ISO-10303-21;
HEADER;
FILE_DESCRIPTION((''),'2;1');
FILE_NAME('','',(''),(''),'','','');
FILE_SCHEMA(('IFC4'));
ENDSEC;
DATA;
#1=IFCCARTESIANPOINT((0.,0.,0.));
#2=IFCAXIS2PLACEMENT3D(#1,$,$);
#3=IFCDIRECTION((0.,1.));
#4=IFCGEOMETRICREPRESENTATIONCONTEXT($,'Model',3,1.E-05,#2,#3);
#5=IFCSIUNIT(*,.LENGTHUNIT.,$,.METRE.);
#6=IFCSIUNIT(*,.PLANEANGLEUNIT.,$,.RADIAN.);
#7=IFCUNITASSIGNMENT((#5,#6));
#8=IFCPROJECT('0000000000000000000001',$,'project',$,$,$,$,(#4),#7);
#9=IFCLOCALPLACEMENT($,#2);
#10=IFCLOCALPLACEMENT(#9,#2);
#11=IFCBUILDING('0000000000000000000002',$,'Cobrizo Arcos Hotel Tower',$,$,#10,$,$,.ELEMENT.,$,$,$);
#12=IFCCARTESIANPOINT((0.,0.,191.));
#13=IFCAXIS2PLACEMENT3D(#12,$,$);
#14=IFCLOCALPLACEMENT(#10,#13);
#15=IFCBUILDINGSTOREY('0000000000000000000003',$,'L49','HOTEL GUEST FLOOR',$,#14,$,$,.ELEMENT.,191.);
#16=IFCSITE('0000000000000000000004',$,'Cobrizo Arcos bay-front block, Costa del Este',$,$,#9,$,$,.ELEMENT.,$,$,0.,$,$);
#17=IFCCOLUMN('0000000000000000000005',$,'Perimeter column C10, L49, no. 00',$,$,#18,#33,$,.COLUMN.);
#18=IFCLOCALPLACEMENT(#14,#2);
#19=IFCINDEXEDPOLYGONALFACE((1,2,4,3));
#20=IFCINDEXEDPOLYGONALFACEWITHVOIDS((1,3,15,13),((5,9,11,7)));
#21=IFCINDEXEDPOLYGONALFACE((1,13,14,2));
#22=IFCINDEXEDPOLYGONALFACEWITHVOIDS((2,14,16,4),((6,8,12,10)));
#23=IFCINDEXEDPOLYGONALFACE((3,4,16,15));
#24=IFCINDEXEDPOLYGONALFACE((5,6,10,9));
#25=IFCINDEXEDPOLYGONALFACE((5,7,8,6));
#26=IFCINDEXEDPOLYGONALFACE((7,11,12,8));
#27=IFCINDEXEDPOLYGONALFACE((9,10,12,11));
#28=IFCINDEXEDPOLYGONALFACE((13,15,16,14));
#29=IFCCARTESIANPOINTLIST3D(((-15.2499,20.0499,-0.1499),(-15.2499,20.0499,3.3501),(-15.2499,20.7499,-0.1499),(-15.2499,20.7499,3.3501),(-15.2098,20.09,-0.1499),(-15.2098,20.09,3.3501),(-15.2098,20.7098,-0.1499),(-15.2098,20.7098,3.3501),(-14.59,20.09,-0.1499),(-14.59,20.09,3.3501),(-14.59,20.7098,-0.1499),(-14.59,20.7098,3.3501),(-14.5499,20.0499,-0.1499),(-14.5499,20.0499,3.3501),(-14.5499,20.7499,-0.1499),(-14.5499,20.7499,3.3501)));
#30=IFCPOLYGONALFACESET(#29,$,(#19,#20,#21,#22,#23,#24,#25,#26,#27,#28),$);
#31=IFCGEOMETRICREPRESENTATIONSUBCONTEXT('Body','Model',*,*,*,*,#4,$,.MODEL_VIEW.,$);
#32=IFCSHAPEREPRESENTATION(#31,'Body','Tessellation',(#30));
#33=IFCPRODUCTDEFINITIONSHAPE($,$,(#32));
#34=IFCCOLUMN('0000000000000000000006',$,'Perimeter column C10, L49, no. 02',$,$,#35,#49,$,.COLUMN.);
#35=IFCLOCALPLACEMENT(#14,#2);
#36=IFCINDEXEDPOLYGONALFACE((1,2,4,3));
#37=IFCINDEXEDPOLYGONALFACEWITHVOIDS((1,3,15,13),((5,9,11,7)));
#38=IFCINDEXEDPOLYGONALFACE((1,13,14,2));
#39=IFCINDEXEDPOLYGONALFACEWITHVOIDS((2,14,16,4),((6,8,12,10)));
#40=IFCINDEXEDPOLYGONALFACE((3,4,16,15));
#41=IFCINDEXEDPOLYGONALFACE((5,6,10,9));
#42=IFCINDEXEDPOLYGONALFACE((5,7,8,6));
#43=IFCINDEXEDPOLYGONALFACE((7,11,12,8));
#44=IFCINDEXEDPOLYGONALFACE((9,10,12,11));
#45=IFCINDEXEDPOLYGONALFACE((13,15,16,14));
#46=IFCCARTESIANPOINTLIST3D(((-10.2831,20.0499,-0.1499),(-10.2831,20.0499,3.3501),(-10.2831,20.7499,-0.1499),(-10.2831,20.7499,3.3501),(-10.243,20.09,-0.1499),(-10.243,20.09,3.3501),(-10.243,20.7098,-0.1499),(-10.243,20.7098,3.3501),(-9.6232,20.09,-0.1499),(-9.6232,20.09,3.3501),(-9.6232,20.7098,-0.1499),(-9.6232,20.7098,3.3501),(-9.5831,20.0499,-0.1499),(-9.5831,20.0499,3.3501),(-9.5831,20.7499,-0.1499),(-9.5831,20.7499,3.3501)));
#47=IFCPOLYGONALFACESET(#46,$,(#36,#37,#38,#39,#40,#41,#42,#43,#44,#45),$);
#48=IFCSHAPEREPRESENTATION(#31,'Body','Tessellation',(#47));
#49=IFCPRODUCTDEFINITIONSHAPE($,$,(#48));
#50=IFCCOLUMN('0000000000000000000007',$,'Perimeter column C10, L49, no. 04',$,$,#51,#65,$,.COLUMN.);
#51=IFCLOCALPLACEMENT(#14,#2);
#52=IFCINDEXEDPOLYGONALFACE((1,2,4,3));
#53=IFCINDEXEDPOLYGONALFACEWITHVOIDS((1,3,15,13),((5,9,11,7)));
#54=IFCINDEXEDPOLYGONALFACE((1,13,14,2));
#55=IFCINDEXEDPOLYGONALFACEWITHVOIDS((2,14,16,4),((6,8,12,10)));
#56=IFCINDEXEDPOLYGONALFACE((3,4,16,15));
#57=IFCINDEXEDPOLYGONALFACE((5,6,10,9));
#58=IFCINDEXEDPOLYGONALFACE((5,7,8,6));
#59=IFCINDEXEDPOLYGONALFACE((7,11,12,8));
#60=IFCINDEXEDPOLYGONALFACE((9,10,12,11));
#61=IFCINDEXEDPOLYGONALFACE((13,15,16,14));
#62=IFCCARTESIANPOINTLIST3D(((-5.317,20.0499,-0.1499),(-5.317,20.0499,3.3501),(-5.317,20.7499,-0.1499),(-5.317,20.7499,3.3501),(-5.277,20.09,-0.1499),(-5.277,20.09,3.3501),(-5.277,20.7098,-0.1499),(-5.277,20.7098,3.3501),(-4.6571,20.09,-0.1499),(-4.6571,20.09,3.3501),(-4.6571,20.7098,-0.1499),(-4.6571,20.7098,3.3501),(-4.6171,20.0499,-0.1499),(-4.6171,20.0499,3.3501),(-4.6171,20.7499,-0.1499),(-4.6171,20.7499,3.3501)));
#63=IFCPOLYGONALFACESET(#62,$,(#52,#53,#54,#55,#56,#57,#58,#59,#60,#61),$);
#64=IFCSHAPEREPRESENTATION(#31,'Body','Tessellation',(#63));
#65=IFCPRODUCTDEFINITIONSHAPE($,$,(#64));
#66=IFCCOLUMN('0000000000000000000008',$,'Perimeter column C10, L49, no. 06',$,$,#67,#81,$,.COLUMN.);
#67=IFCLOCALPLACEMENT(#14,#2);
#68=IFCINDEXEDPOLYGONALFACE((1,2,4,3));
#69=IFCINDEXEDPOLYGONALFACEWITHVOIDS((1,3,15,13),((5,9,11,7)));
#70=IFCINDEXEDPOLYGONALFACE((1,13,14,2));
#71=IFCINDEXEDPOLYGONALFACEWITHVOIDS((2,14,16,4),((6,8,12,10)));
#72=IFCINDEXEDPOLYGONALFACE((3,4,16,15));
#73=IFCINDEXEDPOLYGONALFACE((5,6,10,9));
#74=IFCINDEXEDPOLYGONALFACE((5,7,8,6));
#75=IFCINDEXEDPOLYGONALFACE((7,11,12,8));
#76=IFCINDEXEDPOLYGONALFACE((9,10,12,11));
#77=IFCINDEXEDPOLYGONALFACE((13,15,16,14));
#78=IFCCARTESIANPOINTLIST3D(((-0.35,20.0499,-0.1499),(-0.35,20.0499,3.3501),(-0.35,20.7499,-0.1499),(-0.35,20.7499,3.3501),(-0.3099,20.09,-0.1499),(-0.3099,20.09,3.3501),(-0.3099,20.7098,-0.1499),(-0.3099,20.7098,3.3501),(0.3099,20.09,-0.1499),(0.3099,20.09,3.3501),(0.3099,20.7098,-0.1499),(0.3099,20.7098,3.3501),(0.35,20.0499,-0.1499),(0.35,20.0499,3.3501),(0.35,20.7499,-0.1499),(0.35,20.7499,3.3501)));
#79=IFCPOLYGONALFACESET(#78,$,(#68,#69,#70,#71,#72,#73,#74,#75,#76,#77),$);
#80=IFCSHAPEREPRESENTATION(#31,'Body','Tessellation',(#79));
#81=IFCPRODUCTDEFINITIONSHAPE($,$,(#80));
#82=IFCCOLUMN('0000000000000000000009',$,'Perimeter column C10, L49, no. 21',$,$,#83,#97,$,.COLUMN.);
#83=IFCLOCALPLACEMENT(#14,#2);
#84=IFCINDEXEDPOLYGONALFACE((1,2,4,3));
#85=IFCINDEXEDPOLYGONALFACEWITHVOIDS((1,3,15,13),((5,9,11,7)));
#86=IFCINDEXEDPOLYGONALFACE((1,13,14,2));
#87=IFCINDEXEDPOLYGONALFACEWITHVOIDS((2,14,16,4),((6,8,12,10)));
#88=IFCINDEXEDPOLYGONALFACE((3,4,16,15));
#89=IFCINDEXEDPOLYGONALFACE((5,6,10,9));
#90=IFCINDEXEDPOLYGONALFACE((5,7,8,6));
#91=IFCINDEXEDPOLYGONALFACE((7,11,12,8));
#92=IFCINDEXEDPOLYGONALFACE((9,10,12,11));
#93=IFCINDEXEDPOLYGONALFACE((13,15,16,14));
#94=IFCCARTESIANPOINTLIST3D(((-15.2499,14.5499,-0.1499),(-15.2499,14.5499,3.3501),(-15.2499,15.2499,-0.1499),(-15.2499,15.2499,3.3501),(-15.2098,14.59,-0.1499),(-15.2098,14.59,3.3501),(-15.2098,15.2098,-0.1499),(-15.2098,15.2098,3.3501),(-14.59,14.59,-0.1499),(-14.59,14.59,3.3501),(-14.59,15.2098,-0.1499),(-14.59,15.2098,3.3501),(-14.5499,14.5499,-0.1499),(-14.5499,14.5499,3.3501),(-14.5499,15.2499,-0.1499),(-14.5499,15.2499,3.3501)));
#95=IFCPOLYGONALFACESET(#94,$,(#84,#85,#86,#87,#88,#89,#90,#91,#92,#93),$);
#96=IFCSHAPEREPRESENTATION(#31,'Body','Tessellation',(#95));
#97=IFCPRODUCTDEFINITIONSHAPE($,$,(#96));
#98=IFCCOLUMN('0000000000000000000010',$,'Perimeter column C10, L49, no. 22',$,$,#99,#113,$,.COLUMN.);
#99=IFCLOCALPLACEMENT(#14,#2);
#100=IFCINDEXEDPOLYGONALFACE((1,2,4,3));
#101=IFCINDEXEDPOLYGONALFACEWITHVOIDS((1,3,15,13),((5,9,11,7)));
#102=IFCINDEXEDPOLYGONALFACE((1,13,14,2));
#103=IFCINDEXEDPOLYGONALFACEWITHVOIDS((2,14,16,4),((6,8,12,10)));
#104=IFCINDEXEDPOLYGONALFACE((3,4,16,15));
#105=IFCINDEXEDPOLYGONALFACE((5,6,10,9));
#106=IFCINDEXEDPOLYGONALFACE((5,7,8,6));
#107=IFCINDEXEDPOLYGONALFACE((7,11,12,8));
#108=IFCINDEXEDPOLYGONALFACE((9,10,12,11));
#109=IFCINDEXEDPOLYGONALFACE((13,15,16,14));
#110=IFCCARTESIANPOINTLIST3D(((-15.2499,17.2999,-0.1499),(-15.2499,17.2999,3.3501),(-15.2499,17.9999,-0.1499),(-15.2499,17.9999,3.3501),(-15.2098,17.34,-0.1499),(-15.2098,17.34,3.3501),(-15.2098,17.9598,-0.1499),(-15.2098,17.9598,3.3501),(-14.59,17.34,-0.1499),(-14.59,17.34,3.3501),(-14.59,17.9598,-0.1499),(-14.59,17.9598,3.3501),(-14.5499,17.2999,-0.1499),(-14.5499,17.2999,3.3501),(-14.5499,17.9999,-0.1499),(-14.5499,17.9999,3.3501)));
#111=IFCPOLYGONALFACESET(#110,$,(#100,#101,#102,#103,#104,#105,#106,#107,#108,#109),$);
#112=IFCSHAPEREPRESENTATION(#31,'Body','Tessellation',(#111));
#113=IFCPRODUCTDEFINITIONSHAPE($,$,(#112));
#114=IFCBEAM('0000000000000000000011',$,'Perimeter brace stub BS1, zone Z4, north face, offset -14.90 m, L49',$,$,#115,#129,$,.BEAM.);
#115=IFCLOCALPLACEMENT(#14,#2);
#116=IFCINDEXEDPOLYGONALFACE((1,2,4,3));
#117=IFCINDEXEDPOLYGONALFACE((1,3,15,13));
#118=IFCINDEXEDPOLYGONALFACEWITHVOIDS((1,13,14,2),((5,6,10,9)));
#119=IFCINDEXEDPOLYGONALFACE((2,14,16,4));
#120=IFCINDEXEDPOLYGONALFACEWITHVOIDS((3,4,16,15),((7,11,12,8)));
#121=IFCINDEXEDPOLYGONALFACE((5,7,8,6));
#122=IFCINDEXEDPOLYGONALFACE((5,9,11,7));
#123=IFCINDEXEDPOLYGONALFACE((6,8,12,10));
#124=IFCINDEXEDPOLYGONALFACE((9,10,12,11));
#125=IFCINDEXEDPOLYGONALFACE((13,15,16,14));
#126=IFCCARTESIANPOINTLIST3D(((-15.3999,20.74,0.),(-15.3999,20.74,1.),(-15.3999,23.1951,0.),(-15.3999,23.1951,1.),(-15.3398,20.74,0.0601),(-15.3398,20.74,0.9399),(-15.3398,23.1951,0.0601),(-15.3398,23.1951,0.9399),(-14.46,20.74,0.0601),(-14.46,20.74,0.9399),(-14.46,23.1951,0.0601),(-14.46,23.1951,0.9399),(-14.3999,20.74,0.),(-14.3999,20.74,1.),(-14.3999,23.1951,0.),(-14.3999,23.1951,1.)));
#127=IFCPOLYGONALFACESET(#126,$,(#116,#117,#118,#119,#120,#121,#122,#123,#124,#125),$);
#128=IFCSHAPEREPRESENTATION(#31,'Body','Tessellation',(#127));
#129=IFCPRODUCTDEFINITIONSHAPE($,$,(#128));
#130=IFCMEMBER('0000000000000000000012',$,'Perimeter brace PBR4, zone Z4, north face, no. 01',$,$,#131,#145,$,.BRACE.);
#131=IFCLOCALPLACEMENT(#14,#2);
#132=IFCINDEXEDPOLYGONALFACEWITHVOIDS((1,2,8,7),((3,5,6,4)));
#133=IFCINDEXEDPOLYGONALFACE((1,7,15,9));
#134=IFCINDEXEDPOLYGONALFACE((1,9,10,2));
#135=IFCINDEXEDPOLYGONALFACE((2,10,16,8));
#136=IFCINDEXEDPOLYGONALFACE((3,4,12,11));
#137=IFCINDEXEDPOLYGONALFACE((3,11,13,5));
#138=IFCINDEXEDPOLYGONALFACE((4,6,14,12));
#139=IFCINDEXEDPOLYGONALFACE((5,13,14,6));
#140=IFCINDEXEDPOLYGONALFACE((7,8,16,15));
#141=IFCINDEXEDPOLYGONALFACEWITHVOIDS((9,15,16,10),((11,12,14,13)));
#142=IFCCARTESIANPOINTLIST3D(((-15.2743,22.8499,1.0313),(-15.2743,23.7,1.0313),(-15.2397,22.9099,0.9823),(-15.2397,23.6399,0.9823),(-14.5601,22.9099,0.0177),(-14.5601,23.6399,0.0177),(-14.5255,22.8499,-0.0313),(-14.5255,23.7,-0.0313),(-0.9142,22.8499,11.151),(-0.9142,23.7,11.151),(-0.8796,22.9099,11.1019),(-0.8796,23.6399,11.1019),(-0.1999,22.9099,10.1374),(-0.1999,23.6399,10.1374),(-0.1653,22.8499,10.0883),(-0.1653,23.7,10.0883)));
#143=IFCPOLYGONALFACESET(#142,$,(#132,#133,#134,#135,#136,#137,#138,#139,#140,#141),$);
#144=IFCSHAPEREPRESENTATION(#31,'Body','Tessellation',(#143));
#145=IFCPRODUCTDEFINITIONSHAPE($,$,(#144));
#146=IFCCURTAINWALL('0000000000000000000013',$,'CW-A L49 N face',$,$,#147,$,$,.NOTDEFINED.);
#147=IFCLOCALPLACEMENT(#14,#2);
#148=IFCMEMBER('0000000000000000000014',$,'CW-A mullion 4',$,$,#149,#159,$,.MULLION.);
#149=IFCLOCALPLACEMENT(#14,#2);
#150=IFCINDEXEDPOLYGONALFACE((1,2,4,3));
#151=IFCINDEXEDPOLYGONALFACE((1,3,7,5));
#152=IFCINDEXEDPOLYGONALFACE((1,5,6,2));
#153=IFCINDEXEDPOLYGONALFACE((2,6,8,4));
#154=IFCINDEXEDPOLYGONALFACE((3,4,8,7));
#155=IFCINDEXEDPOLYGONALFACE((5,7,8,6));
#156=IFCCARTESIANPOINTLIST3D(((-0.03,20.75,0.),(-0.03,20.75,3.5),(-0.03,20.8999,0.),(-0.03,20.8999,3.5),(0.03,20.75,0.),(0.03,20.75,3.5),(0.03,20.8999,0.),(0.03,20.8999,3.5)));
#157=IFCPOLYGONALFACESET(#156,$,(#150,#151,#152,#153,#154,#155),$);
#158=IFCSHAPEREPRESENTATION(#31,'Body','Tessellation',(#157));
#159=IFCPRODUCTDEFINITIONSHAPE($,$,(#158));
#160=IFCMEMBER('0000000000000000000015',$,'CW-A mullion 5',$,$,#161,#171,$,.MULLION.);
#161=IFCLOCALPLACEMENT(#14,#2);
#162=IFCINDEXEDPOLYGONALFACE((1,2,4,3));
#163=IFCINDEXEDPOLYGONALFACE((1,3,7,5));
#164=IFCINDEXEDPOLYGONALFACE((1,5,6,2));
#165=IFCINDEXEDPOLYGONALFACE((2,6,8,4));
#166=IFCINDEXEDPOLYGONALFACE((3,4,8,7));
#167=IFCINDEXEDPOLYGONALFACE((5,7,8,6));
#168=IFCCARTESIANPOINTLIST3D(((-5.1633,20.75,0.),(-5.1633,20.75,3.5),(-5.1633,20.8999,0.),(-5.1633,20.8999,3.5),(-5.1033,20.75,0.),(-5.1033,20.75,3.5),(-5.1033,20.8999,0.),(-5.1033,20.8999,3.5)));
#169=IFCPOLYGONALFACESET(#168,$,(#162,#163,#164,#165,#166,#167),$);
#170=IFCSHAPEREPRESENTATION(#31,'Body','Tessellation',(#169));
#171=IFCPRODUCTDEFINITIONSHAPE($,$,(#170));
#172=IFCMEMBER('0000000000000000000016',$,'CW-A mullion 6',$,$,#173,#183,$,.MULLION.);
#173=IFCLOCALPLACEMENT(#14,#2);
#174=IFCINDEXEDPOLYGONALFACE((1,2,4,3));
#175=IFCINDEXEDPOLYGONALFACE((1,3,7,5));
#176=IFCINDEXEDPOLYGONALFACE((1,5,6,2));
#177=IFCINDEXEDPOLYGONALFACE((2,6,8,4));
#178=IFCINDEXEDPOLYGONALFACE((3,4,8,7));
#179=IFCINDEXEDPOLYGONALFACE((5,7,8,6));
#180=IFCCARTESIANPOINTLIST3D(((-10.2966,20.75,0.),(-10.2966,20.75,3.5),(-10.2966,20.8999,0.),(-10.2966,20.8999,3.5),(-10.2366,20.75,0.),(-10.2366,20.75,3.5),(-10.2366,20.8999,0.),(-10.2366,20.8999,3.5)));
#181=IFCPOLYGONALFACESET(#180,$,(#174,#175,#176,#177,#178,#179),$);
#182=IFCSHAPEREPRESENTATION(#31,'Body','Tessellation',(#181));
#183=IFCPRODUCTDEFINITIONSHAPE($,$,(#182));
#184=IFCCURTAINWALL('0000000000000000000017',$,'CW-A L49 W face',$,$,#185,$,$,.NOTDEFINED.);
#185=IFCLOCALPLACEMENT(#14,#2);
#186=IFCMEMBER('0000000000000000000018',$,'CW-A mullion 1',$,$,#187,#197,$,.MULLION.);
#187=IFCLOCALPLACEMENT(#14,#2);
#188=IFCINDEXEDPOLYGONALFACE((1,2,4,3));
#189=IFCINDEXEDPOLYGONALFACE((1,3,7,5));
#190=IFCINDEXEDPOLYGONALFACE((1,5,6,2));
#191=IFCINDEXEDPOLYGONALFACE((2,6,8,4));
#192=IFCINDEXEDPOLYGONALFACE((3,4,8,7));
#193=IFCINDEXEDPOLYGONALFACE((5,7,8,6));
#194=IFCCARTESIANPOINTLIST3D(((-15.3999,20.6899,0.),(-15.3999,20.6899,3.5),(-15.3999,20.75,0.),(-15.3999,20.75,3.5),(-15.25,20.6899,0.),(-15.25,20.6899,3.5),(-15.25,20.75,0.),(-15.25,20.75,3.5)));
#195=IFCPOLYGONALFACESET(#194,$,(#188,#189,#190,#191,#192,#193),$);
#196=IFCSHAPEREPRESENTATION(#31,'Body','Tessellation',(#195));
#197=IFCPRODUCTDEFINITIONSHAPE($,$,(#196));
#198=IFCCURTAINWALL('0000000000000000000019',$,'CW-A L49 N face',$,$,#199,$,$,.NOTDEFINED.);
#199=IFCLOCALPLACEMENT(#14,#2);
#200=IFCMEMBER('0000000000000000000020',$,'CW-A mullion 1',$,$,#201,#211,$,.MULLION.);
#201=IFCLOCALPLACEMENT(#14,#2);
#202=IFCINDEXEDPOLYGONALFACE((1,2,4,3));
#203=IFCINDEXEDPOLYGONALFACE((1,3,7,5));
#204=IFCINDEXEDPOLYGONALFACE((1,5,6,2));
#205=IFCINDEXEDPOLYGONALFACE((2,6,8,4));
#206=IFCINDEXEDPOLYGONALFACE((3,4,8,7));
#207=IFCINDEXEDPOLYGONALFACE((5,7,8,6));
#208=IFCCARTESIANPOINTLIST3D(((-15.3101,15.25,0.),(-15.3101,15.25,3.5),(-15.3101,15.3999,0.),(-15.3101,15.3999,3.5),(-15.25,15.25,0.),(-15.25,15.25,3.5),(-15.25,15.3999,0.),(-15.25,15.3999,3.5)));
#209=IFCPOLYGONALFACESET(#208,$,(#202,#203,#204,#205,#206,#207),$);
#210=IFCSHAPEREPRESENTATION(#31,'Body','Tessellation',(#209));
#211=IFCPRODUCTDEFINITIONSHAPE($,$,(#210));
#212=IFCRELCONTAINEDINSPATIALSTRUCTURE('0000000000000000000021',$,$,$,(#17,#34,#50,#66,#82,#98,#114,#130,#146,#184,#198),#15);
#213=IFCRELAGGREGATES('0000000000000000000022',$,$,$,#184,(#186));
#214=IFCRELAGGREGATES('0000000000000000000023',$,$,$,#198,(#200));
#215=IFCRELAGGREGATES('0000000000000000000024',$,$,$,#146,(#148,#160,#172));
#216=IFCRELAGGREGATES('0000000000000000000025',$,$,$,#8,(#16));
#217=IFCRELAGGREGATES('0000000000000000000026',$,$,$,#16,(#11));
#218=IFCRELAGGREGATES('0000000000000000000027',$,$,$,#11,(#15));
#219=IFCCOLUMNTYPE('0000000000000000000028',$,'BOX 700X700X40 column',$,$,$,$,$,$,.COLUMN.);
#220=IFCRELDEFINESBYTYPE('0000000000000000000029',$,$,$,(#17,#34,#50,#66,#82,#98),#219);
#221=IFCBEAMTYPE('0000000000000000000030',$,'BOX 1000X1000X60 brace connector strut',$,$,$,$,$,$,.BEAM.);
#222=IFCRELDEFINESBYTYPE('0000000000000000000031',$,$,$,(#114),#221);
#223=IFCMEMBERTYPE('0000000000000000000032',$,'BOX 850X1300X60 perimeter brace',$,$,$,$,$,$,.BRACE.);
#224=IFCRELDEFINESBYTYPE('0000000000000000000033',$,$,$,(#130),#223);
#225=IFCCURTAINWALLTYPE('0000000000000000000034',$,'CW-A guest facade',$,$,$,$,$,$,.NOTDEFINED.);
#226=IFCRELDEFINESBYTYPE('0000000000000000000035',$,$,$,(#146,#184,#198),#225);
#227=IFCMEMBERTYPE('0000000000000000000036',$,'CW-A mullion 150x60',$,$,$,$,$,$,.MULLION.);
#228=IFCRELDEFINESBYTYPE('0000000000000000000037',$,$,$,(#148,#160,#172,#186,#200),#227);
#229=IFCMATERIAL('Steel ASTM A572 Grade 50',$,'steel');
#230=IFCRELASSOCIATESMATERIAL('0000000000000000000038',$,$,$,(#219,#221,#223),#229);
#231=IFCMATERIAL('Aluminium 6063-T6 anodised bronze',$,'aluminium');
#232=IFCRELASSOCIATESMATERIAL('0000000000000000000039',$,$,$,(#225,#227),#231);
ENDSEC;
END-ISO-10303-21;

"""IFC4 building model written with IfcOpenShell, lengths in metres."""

from ifc_helpers import new_model, si_unit, direction, frame, origin, origin_2d, place, context, subcontext, project, spatial, rectangle, hollow_rectangle, extrude, material, material_profile, profile_set, type_object, element, aggregate, save


model = new_model("IFC4")

# Units and contexts
model_context = context("Model", 3, precision=1e-05, world=origin(), true_north=direction((0.0, 1.0)))
body_context = subcontext(model_context, "Body", "Model", "MODEL_VIEW")
ifc_project = project(units=[si_unit("LENGTHUNIT", "METRE"), si_unit("PLANEANGLEUNIT", "RADIAN")], contexts=[model_context])

# Site, building, storey
site_placement = place(None, origin())
site = spatial("IfcSite", under=ifc_project, at=site_placement, Name="Cobrizo Arcos bay-front block, Costa del Este", CompositionType="ELEMENT", RefElevation=0.0)
building_placement = place(site_placement, origin())
building = spatial("IfcBuilding", under=site, at=building_placement, Name="Cobrizo Arcos Hotel Tower", CompositionType="ELEMENT")
storey_placement = place(building_placement, frame((0.0, 0.0, 191.0)))
storey = spatial("IfcBuildingStorey", under=building, at=storey_placement, Name="L49", Description="HOTEL GUEST FLOOR", CompositionType="ELEMENT", Elevation=191.0)

# Columns
ifc_material_1 = material(Name="Steel ASTM A572 Grade 50", Category="steel")
ifc_material_profile_1 = material_profile(ifc_material_1, hollow_rectangle(XDim=0.7, YDim=0.7, WallThickness=0.04, at=origin_2d()), Name="BOX 700X700X40")
ifc_profile_set_1 = profile_set([ifc_material_profile_1], Name="Steel ASTM A572 Grade 50")
column_type = type_object("IfcColumnType", Name="BOX 700X700X40 column", PredefinedType="COLUMN", material=ifc_profile_set_1)
for number, where, z_axis, x_axis, name in (
    (1, (-14.8999, 20.3999, -0.1499), (0.0, 0.0, 1.0), (1.0, 0.0, 0.0), "Perimeter column C10, L49, no. 00"),
    (2, (-9.9331, 20.3999, -0.1499), (0.0, 0.0, 1.0), (1.0, 0.0, 0.0), "Perimeter column C10, L49, no. 02"),
    (3, (-4.967, 20.3999, -0.1499), (0.0, 0.0, 1.0), (1.0, 0.0, 0.0), "Perimeter column C10, L49, no. 04"),
    (4, (0.0, 20.3999, -0.1499), (0.0, 0.0, 1.0), (1.0, 0.0, 0.0), "Perimeter column C10, L49, no. 06"),
    (5, (-14.8999, 14.8999, -0.1499), (0.0, 0.0, 1.0), (1.0, 0.0, 0.0), "Perimeter column C10, L49, no. 21"),
    (6, (-14.8999, 17.6499, -0.1499), (0.0, 0.0, 1.0), (1.0, 0.0, 0.0), "Perimeter column C10, L49, no. 22"),
):
    element("IfcColumn", number, at=place(storey_placement, frame(where, z_axis=z_axis, x_axis=x_axis)), inside=storey, type_object=column_type, Name=name, PredefinedType="COLUMN", context=body_context, shape_type="SweptSolid", body=[
        extrude(hollow_rectangle(XDim=0.7, YDim=0.7, WallThickness=0.04, at=origin_2d()), origin(), (0.0, 0.0, 1.0), 3.5),
    ])

# Beam
ifc_material_profile_2 = material_profile(ifc_material_1, hollow_rectangle(XDim=1.0, YDim=1.0, WallThickness=0.0601, at=origin_2d()), Name="BOX 1000X1000X60")
ifc_profile_set_2 = profile_set([ifc_material_profile_2], Name="Steel ASTM A572 Grade 50")
beam_type_1 = type_object("IfcBeamType", Name="BOX 1000X1000X60 brace connector strut", PredefinedType="BEAM", material=ifc_profile_set_2)
beam_1_placement = place(storey_placement, frame((-14.8999, 20.74, 0.5), z_axis=(0.0, 1.0, 0.0), x_axis=(-1.0, 0.0, 0.0)))
element("IfcBeam", 7, at=beam_1_placement, inside=storey, type_object=beam_type_1, Name="Perimeter brace stub BS1, zone Z4, north face, offset -14.90 m, L49", PredefinedType="BEAM", context=body_context, shape_type="SweptSolid", body=[
    extrude(hollow_rectangle(XDim=1.0, YDim=1.0, WallThickness=0.0601, at=origin_2d()), origin(), (0.0, 0.0, 1.0), 2.4551),
])

# Member
ifc_material_profile_3 = material_profile(ifc_material_1, hollow_rectangle(XDim=0.8501, YDim=1.3, WallThickness=0.0601, at=origin_2d()), Name="BOX 850X1300X60")
ifc_profile_set_3 = profile_set([ifc_material_profile_3], Name="Steel ASTM A572 Grade 50")
member_type_1 = type_object("IfcMemberType", Name="BOX 850X1300X60 perimeter brace", PredefinedType="BRACE", material=ifc_profile_set_3)
member_1_placement = place(storey_placement, frame((-14.8999, 23.2749, 0.5), z_axis=(0.817421, 0.0, 0.57604), x_axis=(0.0, 1.0, 0.0)))
element("IfcMember", 8, at=member_1_placement, inside=storey, type_object=member_type_1, Name="Perimeter brace PBR4, zone Z4, north face, no. 01", PredefinedType="BRACE", context=body_context, shape_type="SweptSolid", body=[
    extrude(hollow_rectangle(XDim=0.8501, YDim=1.3, WallThickness=0.0601, at=origin_2d()), origin(), (0.0, 0.0, 1.0), 17.5676),
])

# Curtain wall, members
ifc_material_2 = material(Name="Aluminium 6063-T6 anodised bronze", Category="aluminium")
curtain_wall_type = type_object("IfcCurtainWallType", Name="CW-A guest facade", PredefinedType="NOTDEFINED", material=ifc_material_2)
curtain_wall_1_placement = place(storey_placement, origin())
curtain_wall_1 = element("IfcCurtainWall", 9, at=curtain_wall_1_placement, inside=storey, type_object=curtain_wall_type, Name="CW-A L49 N face", PredefinedType="NOTDEFINED")
ifc_material_profile_4 = material_profile(ifc_material_2, rectangle(XDim=0.1499, YDim=0.0601, at=origin_2d()), Name="CW-A mullion 150x60")
ifc_profile_set_4 = profile_set([ifc_material_profile_4], Name="Aluminium 6063-T6 anodised bronze")
member_type_2 = type_object("IfcMemberType", Name="CW-A mullion 150x60", PredefinedType="MULLION", material=ifc_profile_set_4)
member_2_placement = place(storey_placement, frame((0.0, 20.825, 0.0), z_axis=(0.0, 0.0, 1.0), x_axis=(0.0, 1.0, 0.0)))
member_2 = element("IfcMember", 10, at=member_2_placement, type_object=member_type_2, Name="CW-A mullion 4", PredefinedType="MULLION", context=body_context, shape_type="SweptSolid", body=[
    extrude(rectangle(XDim=0.1499, YDim=0.0601, at=origin_2d()), origin(), (0.0, 0.0, 1.0), 3.5),
])
member_3_placement = place(storey_placement, frame((-5.1333, 20.825, 0.0), z_axis=(0.0, 0.0, 1.0), x_axis=(0.0, 1.0, 0.0)))
member_3 = element("IfcMember", 11, at=member_3_placement, type_object=member_type_2, Name="CW-A mullion 5", PredefinedType="MULLION", context=body_context, shape_type="SweptSolid", body=[
    extrude(rectangle(XDim=0.1499, YDim=0.0601, at=origin_2d()), origin(), (0.0, 0.0, 1.0), 3.5),
])
member_4_placement = place(storey_placement, frame((-10.2666, 20.825, 0.0), z_axis=(0.0, 0.0, 1.0), x_axis=(0.0, 1.0, 0.0)))
member_4 = element("IfcMember", 12, at=member_4_placement, type_object=member_type_2, Name="CW-A mullion 6", PredefinedType="MULLION", context=body_context, shape_type="SweptSolid", body=[
    extrude(rectangle(XDim=0.1499, YDim=0.0601, at=origin_2d()), origin(), (0.0, 0.0, 1.0), 3.5),
])

# Curtain walls, members
curtain_wall_2_placement = place(storey_placement, origin())
curtain_wall_2 = element("IfcCurtainWall", 13, at=curtain_wall_2_placement, inside=storey, type_object=curtain_wall_type, Name="CW-A L49 W face", PredefinedType="NOTDEFINED")
member_5_placement = place(storey_placement, frame((-15.325, 20.72, 0.0), z_axis=(0.0, 0.0, 1.0), x_axis=(-1.0, 0.0, 0.0)))
member_5 = element("IfcMember", 14, at=member_5_placement, type_object=member_type_2, Name="CW-A mullion 1", PredefinedType="MULLION", context=body_context, shape_type="SweptSolid", body=[
    extrude(rectangle(XDim=0.1499, YDim=0.0601, at=origin_2d()), origin(), (0.0, 0.0, 1.0), 3.5),
])
aggregate(curtain_wall_2, [member_5])
curtain_wall_3_placement = place(storey_placement, origin())
curtain_wall_3 = element("IfcCurtainWall", 15, at=curtain_wall_3_placement, inside=storey, type_object=curtain_wall_type, Name="CW-A L49 N face", PredefinedType="NOTDEFINED")
member_6_placement = place(storey_placement, frame((-15.28, 15.325, 0.0), z_axis=(0.0, 0.0, 1.0), x_axis=(0.0, 1.0, 0.0)))
member_6 = element("IfcMember", 16, at=member_6_placement, type_object=member_type_2, Name="CW-A mullion 1", PredefinedType="MULLION", context=body_context, shape_type="SweptSolid", body=[
    extrude(rectangle(XDim=0.1499, YDim=0.0601, at=origin_2d()), origin(), (0.0, 0.0, 1.0), 3.5),
])
aggregate(curtain_wall_3, [member_6])

aggregate(curtain_wall_1, [member_2, member_3, member_4])

save(model, "model.ifc")
